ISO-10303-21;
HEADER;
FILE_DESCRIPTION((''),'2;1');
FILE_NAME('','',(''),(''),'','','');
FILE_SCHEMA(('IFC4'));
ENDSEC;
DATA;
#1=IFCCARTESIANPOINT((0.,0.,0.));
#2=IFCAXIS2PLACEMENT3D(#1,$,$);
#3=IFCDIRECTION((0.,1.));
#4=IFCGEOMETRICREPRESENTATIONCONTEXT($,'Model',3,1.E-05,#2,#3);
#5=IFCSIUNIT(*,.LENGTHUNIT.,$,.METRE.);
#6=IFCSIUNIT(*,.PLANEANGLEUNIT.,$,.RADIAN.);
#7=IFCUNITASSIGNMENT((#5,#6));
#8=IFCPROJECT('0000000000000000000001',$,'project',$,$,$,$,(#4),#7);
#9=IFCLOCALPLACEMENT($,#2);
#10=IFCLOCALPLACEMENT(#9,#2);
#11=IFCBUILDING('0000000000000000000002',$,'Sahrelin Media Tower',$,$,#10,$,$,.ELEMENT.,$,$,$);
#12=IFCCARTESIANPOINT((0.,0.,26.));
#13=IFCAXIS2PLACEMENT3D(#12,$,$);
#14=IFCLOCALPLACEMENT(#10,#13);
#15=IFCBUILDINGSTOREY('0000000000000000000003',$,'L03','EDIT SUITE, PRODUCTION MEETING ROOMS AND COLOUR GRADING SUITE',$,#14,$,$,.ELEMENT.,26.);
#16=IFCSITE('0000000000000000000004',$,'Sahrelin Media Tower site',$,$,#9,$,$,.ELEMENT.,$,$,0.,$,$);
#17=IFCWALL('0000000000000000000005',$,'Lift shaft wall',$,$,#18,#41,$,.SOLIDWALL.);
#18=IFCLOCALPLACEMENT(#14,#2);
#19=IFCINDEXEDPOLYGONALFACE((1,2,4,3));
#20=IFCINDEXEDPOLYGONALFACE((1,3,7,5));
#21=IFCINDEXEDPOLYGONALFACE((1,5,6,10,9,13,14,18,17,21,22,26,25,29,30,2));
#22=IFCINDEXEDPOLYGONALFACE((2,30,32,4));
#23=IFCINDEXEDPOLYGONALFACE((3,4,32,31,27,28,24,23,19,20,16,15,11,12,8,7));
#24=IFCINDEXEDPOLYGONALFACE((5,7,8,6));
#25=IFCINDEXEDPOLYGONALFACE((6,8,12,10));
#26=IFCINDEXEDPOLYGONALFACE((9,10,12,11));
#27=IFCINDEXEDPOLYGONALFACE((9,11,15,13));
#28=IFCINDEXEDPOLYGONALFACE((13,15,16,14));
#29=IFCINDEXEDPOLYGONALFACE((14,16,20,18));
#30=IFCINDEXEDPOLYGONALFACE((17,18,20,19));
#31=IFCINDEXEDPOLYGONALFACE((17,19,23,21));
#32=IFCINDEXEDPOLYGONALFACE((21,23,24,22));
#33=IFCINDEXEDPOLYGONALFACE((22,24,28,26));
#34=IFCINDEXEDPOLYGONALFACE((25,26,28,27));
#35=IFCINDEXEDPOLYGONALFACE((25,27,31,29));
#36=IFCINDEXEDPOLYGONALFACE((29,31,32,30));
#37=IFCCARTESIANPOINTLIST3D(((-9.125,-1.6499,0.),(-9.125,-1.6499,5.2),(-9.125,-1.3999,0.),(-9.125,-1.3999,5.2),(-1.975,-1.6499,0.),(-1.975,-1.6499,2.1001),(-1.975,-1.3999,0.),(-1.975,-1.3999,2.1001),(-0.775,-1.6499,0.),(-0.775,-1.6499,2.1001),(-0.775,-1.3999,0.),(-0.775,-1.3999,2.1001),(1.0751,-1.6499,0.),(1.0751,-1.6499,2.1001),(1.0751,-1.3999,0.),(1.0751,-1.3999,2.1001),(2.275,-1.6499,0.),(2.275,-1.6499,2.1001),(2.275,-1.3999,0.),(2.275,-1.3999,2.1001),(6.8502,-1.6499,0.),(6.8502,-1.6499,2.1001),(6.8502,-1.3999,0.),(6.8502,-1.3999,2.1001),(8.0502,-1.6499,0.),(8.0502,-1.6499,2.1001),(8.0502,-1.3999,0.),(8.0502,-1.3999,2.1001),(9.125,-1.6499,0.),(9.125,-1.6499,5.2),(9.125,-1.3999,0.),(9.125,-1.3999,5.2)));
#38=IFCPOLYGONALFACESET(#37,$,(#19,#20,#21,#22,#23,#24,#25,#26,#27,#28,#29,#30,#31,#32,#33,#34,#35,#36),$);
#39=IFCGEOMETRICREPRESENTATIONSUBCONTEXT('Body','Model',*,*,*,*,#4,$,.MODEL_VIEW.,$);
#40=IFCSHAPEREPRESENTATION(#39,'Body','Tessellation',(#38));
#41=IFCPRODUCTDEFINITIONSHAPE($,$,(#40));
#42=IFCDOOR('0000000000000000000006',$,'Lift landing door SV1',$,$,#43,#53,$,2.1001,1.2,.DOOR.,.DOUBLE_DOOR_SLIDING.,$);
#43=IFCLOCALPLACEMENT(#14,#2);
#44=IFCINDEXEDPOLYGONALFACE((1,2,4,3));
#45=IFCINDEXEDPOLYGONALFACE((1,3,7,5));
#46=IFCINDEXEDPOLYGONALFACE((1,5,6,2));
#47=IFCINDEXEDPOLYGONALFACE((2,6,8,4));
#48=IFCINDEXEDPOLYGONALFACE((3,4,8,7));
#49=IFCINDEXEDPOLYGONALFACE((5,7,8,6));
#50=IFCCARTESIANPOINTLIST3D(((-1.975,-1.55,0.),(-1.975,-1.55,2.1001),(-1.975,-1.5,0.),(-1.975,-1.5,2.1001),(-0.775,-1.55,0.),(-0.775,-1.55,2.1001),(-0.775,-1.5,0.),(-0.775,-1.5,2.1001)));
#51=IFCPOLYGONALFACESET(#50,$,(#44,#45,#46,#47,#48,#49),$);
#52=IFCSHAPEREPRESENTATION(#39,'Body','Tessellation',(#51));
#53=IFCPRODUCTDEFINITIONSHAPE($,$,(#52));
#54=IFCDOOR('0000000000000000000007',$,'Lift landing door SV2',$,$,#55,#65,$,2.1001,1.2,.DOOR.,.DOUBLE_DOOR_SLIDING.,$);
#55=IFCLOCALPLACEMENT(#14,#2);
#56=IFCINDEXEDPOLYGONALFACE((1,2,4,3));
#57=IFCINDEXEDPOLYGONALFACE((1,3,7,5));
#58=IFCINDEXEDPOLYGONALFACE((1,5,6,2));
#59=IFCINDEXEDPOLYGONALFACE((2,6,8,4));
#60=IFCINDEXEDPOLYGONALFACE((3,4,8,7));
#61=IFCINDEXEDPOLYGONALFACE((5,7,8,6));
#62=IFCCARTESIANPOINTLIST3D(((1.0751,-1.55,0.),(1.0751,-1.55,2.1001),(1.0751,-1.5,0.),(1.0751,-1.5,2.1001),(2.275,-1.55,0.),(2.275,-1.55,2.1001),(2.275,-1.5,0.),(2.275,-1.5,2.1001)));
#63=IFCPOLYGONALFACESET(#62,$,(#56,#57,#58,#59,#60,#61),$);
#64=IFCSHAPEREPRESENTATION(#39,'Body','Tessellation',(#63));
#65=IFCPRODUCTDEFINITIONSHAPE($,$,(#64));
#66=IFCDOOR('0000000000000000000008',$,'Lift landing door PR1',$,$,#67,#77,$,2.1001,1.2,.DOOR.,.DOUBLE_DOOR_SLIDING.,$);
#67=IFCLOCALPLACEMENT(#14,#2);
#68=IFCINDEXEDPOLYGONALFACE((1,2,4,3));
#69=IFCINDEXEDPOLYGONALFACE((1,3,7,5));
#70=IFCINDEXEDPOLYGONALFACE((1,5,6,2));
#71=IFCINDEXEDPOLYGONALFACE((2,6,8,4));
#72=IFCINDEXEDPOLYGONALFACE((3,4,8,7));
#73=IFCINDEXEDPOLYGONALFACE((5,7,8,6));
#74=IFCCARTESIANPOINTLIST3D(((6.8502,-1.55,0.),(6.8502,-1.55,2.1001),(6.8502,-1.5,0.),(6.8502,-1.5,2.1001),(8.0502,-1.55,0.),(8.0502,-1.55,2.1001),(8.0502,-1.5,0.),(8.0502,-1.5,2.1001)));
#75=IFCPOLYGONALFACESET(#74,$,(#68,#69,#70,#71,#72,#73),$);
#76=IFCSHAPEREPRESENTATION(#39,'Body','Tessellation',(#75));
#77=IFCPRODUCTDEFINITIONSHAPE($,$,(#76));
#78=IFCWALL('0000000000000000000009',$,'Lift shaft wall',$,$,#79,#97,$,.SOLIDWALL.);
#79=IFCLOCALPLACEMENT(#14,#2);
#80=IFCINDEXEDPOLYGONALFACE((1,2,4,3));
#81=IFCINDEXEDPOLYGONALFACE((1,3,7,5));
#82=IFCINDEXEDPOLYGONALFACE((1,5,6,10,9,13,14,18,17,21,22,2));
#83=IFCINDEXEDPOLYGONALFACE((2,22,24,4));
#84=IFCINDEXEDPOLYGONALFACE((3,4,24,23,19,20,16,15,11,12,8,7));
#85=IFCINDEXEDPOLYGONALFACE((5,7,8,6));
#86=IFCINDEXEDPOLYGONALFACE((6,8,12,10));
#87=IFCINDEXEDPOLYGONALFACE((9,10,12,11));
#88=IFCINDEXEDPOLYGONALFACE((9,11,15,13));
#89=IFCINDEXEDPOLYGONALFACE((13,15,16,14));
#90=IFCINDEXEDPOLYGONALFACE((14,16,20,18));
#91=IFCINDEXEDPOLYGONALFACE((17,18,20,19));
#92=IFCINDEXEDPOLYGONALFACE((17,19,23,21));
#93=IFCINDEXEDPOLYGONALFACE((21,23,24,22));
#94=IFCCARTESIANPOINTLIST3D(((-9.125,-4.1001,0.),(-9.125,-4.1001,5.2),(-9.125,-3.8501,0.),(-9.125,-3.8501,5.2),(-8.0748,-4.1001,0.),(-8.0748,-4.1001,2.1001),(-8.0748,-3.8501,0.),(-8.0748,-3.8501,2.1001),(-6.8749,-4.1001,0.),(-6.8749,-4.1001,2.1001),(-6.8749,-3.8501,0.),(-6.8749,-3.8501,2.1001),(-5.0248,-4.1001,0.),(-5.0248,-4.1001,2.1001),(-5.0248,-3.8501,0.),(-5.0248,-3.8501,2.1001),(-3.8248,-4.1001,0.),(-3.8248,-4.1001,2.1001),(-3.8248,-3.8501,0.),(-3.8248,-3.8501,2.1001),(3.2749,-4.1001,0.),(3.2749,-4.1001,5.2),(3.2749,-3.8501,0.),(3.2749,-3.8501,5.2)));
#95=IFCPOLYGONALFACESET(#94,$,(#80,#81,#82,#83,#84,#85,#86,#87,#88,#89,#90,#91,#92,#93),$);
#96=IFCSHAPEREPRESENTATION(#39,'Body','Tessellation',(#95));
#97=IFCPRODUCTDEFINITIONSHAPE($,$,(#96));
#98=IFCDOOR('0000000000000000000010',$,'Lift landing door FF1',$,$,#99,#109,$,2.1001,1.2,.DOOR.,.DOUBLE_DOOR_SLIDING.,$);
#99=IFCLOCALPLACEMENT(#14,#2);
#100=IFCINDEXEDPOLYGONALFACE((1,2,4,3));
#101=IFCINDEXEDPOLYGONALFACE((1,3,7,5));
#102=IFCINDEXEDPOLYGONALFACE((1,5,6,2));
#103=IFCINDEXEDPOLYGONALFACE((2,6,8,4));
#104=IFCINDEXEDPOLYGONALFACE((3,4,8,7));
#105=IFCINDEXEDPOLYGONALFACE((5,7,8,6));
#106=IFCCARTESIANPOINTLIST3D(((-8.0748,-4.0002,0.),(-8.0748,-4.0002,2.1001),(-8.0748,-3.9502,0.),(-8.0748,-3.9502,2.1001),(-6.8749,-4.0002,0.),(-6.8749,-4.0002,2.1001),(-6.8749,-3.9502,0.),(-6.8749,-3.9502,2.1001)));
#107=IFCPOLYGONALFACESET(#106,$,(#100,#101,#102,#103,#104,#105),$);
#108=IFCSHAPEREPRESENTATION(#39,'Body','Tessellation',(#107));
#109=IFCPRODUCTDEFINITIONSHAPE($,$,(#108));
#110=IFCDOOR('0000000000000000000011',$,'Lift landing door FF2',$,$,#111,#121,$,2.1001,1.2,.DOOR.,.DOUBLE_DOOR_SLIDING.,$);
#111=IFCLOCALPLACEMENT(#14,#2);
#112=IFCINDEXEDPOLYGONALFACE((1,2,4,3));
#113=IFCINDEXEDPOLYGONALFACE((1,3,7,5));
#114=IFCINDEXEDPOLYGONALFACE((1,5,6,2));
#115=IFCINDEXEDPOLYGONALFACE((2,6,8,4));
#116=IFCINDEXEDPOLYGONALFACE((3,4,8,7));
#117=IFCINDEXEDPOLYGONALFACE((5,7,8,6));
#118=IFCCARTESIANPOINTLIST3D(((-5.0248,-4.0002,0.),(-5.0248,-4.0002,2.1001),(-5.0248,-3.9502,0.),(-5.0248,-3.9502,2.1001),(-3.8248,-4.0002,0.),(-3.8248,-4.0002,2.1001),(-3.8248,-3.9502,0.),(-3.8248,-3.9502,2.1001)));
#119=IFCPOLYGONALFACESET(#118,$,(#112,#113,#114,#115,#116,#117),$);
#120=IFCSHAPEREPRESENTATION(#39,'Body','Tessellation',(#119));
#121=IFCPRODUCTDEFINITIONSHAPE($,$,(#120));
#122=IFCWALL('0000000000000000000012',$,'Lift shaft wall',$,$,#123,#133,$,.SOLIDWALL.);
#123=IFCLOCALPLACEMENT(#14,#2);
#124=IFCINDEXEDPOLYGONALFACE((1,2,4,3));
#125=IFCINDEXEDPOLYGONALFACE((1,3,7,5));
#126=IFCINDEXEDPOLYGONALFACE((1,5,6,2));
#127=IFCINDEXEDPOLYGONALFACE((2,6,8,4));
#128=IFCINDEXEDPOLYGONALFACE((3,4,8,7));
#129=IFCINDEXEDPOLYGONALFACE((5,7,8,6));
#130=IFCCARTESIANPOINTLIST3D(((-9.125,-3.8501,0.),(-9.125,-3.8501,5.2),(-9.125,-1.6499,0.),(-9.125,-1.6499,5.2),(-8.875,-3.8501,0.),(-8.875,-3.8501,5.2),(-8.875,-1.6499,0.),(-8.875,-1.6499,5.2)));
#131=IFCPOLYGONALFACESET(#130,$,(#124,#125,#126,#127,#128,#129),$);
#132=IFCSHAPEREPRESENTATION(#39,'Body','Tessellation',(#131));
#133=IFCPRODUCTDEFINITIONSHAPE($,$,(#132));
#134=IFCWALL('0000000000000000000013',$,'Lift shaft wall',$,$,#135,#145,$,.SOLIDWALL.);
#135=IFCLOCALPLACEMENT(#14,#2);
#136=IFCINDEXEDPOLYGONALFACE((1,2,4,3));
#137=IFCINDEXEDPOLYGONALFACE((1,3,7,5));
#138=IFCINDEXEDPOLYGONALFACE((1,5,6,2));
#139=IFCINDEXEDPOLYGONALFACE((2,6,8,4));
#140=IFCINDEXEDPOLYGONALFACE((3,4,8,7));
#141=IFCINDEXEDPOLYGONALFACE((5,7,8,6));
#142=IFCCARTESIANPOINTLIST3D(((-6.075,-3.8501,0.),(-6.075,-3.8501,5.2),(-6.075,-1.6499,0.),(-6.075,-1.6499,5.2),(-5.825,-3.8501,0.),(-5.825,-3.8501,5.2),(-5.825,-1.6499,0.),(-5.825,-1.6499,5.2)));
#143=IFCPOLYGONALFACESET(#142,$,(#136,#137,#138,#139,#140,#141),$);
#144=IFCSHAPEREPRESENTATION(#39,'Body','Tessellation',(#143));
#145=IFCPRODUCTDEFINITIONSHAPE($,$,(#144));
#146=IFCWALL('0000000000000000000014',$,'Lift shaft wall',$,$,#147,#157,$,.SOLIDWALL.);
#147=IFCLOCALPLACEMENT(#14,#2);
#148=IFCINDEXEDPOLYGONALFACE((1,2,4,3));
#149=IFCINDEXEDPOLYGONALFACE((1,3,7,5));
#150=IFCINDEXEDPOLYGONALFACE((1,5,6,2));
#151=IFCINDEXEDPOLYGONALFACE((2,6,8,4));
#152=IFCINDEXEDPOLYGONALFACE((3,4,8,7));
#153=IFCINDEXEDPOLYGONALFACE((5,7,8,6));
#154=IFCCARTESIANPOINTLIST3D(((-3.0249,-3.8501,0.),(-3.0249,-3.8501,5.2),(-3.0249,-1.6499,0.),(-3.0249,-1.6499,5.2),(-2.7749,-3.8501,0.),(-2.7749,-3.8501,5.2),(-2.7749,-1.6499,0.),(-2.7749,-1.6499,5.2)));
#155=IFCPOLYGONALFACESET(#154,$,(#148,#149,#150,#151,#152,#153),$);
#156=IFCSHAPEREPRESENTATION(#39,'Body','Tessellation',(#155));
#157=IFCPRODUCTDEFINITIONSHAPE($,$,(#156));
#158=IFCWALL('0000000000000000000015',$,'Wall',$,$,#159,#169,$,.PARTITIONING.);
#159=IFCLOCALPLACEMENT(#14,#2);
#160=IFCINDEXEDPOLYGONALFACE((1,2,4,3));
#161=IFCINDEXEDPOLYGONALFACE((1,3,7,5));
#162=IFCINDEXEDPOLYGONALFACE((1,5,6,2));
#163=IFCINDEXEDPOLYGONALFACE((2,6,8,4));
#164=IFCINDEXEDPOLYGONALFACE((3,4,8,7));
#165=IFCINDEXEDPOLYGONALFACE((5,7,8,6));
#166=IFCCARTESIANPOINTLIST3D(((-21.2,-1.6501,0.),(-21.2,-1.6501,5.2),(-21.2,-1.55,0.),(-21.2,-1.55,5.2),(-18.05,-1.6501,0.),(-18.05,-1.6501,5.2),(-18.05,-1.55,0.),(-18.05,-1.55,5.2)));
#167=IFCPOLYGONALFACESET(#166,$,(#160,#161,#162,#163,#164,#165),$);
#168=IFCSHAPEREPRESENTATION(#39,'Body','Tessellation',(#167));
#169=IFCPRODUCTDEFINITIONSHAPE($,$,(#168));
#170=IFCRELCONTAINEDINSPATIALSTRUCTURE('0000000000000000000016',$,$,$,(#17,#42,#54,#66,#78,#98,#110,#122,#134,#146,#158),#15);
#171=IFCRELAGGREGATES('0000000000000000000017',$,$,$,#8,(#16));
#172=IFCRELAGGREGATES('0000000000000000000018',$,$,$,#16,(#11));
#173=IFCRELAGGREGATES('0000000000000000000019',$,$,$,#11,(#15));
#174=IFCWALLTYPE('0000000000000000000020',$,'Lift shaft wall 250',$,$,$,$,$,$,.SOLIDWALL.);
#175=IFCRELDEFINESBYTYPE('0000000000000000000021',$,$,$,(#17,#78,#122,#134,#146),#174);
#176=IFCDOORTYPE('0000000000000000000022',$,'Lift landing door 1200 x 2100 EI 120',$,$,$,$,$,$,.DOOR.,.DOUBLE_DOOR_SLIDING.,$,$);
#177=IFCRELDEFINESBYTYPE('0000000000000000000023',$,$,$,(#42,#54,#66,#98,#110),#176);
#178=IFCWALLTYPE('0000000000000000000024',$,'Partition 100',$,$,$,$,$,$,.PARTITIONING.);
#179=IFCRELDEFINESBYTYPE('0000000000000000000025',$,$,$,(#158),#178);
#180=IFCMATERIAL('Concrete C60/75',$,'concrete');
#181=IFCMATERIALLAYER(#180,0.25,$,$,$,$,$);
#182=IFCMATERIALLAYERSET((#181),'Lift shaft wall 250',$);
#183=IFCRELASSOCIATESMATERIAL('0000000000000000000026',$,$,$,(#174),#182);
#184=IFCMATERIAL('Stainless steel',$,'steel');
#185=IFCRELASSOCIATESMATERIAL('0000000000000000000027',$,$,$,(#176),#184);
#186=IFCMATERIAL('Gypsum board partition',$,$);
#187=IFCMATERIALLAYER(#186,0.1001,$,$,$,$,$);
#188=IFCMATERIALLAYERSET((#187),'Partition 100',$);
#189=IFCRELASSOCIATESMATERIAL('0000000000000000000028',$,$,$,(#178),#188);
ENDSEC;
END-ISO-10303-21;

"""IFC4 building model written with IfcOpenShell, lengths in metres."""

from ifc_helpers import new_model, si_unit, direction, frame, frame_2d, origin, place, context, subcontext, project, spatial, rectangle, extrude, material, layer, layer_set, type_object, element, fill, save


model = new_model("IFC4")

# Units and contexts
model_context = context("Model", 3, precision=1e-05, world=origin(), true_north=direction((0.0, 1.0)))
body_context = subcontext(model_context, "Body", "Model", "MODEL_VIEW")
ifc_project = project(units=[si_unit("LENGTHUNIT", "METRE"), si_unit("PLANEANGLEUNIT", "RADIAN")], contexts=[model_context])

# Site, building, storey
site_placement = place(None, origin())
site = spatial("IfcSite", under=ifc_project, at=site_placement, Name="Sahrelin Media Tower site", CompositionType="ELEMENT", RefElevation=0.0)
building_placement = place(site_placement, origin())
building = spatial("IfcBuilding", under=site, at=building_placement, Name="Sahrelin Media Tower", CompositionType="ELEMENT")
storey_placement = place(building_placement, frame((0.0, 0.0, 26.0)))
storey = spatial("IfcBuildingStorey", under=building, at=storey_placement, Name="L03", Description="EDIT SUITE, PRODUCTION MEETING ROOMS AND COLOUR GRADING SUITE", CompositionType="ELEMENT", Elevation=26.0)

# Shared definitions
ifc_material_1 = material(Name="Concrete C60/75", Category="concrete")

# Walls, openings, doors
ifc_layer_1 = layer(ifc_material_1, 0.25)
ifc_layer_set_1 = layer_set([ifc_layer_1], Name="Lift shaft wall 250")
wall_type_1 = type_object("IfcWallType", Name="Lift shaft wall 250", PredefinedType="SOLIDWALL", material=ifc_layer_set_1)
wall_1_placement = place(storey_placement, frame((-9.125, -1.5249, 0.0), z_axis=(0.0, 0.0, 1.0), x_axis=(1.0, 0.0, 0.0)))
wall_1 = element("IfcWall", 1, at=wall_1_placement, inside=storey, type_object=wall_type_1, Name="Lift shaft wall", PredefinedType="SOLIDWALL", context=body_context, shape_type="SweptSolid", body=[
    extrude(rectangle(XDim=18.25, YDim=0.25, at=frame_2d((9.125, 0.0))), origin(), (0.0, 0.0, 1.0), 5.2),
])
opening_1_placement = place(wall_1_placement, frame((7.1499, 0.0, 0.0)))
opening_1 = element("IfcOpeningElement", 2, at=opening_1_placement, cuts=wall_1, PredefinedType="OPENING", context=body_context, shape_type="SweptSolid", body=[
    extrude(rectangle(XDim=1.2, YDim=2.1001, at=frame_2d((0.6001, 1.05))), frame((0.0, 0.125, 0.0), z_axis=(0.0, -1.0, 0.0), x_axis=(1.0, 0.0, 0.0)), (0.0, 0.0, 1.0), 0.25),
])
opening_2_placement = place(wall_1_placement, frame((10.2, 0.0, 0.0)))
opening_2 = element("IfcOpeningElement", 3, at=opening_2_placement, cuts=wall_1, PredefinedType="OPENING", context=body_context, shape_type="SweptSolid", body=[
    extrude(rectangle(XDim=1.2, YDim=2.1001, at=frame_2d((0.6001, 1.05))), frame((0.0, 0.125, 0.0), z_axis=(0.0, -1.0, 0.0), x_axis=(1.0, 0.0, 0.0)), (0.0, 0.0, 1.0), 0.25),
])
opening_3_placement = place(wall_1_placement, frame((15.9751, 0.0, 0.0)))
opening_3 = element("IfcOpeningElement", 4, at=opening_3_placement, cuts=wall_1, PredefinedType="OPENING", context=body_context, shape_type="SweptSolid", body=[
    extrude(rectangle(XDim=1.2, YDim=2.1001, at=frame_2d((0.6001, 1.05))), frame((0.0, 0.125, 0.0), z_axis=(0.0, -1.0, 0.0), x_axis=(1.0, 0.0, 0.0)), (0.0, 0.0, 1.0), 0.25),
])
ifc_material_2 = material(Name="Stainless steel", Category="steel")
door_type_1 = type_object("IfcDoorType", Name="Lift landing door 1200 x 2100 EI 120", OperationType="DOUBLE_DOOR_SLIDING", PredefinedType="DOOR", material=ifc_material_2)
door_1_placement = place(opening_1_placement, origin())
door_1 = element("IfcDoor", 5, at=door_1_placement, inside=storey, type_object=door_type_1, Name="Lift landing door SV1", OperationType="DOUBLE_DOOR_SLIDING", OverallHeight=2.1001, OverallWidth=1.2, PredefinedType="DOOR", context=body_context, shape_type="SweptSolid", body=[
    extrude(rectangle(XDim=1.2, YDim=2.1001, at=frame_2d((0.6001, 1.05))), frame((0.0, 0.0249, 0.0), z_axis=(0.0, -1.0, 0.0), x_axis=(1.0, 0.0, 0.0)), (0.0, 0.0, 1.0), 0.05),
])
fill(opening_1, door_1)
door_2_placement = place(opening_2_placement, origin())
door_2 = element("IfcDoor", 6, at=door_2_placement, inside=storey, type_object=door_type_1, Name="Lift landing door SV2", OperationType="DOUBLE_DOOR_SLIDING", OverallHeight=2.1001, OverallWidth=1.2, PredefinedType="DOOR", context=body_context, shape_type="SweptSolid", body=[
    extrude(rectangle(XDim=1.2, YDim=2.1001, at=frame_2d((0.6001, 1.05))), frame((0.0, 0.0249, 0.0), z_axis=(0.0, -1.0, 0.0), x_axis=(1.0, 0.0, 0.0)), (0.0, 0.0, 1.0), 0.05),
])
fill(opening_2, door_2)
door_3_placement = place(opening_3_placement, origin())
door_3 = element("IfcDoor", 7, at=door_3_placement, inside=storey, type_object=door_type_1, Name="Lift landing door PR1", OperationType="DOUBLE_DOOR_SLIDING", OverallHeight=2.1001, OverallWidth=1.2, PredefinedType="DOOR", context=body_context, shape_type="SweptSolid", body=[
    extrude(rectangle(XDim=1.2, YDim=2.1001, at=frame_2d((0.6001, 1.05))), frame((0.0, 0.0249, 0.0), z_axis=(0.0, -1.0, 0.0), x_axis=(1.0, 0.0, 0.0)), (0.0, 0.0, 1.0), 0.05),
])
fill(opening_3, door_3)
wall_2_placement = place(storey_placement, frame((-9.125, -3.9751, 0.0), z_axis=(0.0, 0.0, 1.0), x_axis=(1.0, 0.0, 0.0)))
wall_2 = element("IfcWall", 8, at=wall_2_placement, inside=storey, type_object=wall_type_1, Name="Lift shaft wall", PredefinedType="SOLIDWALL", context=body_context, shape_type="SweptSolid", body=[
    extrude(rectangle(XDim=12.3999, YDim=0.25, at=frame_2d((6.2, 0.0))), origin(), (0.0, 0.0, 1.0), 5.2),
])
opening_4_placement = place(wall_2_placement, frame((1.05, 0.0, 0.0)))
opening_4 = element("IfcOpeningElement", 9, at=opening_4_placement, cuts=wall_2, PredefinedType="OPENING", context=body_context, shape_type="SweptSolid", body=[
    extrude(rectangle(XDim=1.2, YDim=2.1001, at=frame_2d((0.6001, 1.05))), frame((0.0, 0.125, 0.0), z_axis=(0.0, -1.0, 0.0), x_axis=(1.0, 0.0, 0.0)), (0.0, 0.0, 1.0), 0.25),
])
opening_5_placement = place(wall_2_placement, frame((4.1001, 0.0, 0.0)))
opening_5 = element("IfcOpeningElement", 10, at=opening_5_placement, cuts=wall_2, PredefinedType="OPENING", context=body_context, shape_type="SweptSolid", body=[
    extrude(rectangle(XDim=1.2, YDim=2.1001, at=frame_2d((0.6001, 1.05))), frame((0.0, 0.125, 0.0), z_axis=(0.0, -1.0, 0.0), x_axis=(1.0, 0.0, 0.0)), (0.0, 0.0, 1.0), 0.25),
])
door_4_placement = place(opening_4_placement, origin())
door_4 = element("IfcDoor", 11, at=door_4_placement, inside=storey, type_object=door_type_1, Name="Lift landing door FF1", OperationType="DOUBLE_DOOR_SLIDING", OverallHeight=2.1001, OverallWidth=1.2, PredefinedType="DOOR", context=body_context, shape_type="SweptSolid", body=[
    extrude(rectangle(XDim=1.2, YDim=2.1001, at=frame_2d((0.6001, 1.05))), frame((0.0, 0.0249, 0.0), z_axis=(0.0, -1.0, 0.0), x_axis=(1.0, 0.0, 0.0)), (0.0, 0.0, 1.0), 0.05),
])
fill(opening_4, door_4)
door_5_placement = place(opening_5_placement, origin())
door_5 = element("IfcDoor", 12, at=door_5_placement, inside=storey, type_object=door_type_1, Name="Lift landing door FF2", OperationType="DOUBLE_DOOR_SLIDING", OverallHeight=2.1001, OverallWidth=1.2, PredefinedType="DOOR", context=body_context, shape_type="SweptSolid", body=[
    extrude(rectangle(XDim=1.2, YDim=2.1001, at=frame_2d((0.6001, 1.05))), frame((0.0, 0.0249, 0.0), z_axis=(0.0, -1.0, 0.0), x_axis=(1.0, 0.0, 0.0)), (0.0, 0.0, 1.0), 0.05),
])
fill(opening_5, door_5)

# Walls
for number, where, z_axis, x_axis, name in (
    (13, (-9.0, -3.8501, 0.0), (0.0, 0.0, 1.0), (0.0, 1.0, 0.0), "Lift shaft wall"),
    (14, (-5.95, -3.8501, 0.0), (0.0, 0.0, 1.0), (0.0, 1.0, 0.0), "Lift shaft wall"),
    (15, (-2.8999, -3.8501, 0.0), (0.0, 0.0, 1.0), (0.0, 1.0, 0.0), "Lift shaft wall"),
):
    element("IfcWall", number, at=place(storey_placement, frame(where, z_axis=z_axis, x_axis=x_axis)), inside=storey, type_object=wall_type_1, Name=name, PredefinedType="SOLIDWALL", context=body_context, shape_type="SweptSolid", body=[
        extrude(rectangle(XDim=2.2002, YDim=0.25, at=frame_2d((1.1001, 0.0))), origin(), (0.0, 0.0, 1.0), 5.2),
    ])
ifc_material_3 = material(Name="Gypsum board partition")
ifc_layer_2 = layer(ifc_material_3, 0.1001)
ifc_layer_set_2 = layer_set([ifc_layer_2], Name="Partition 100")
wall_type_2 = type_object("IfcWallType", Name="Partition 100", PredefinedType="PARTITIONING", material=ifc_layer_set_2)
wall_3_placement = place(storey_placement, frame((-18.05, -1.6001, 0.0), z_axis=(0.0, 0.0, 1.0), x_axis=(-1.0, 0.0, 0.0)))
element("IfcWall", 16, at=wall_3_placement, inside=storey, type_object=wall_type_2, Name="Wall", PredefinedType="PARTITIONING", context=body_context, shape_type="SweptSolid", body=[
    extrude(rectangle(XDim=3.1499, YDim=0.1001, at=frame_2d((1.575, 0.0))), origin(), (0.0, 0.0, 1.0), 5.2),
])

save(model, "model.ifc")
